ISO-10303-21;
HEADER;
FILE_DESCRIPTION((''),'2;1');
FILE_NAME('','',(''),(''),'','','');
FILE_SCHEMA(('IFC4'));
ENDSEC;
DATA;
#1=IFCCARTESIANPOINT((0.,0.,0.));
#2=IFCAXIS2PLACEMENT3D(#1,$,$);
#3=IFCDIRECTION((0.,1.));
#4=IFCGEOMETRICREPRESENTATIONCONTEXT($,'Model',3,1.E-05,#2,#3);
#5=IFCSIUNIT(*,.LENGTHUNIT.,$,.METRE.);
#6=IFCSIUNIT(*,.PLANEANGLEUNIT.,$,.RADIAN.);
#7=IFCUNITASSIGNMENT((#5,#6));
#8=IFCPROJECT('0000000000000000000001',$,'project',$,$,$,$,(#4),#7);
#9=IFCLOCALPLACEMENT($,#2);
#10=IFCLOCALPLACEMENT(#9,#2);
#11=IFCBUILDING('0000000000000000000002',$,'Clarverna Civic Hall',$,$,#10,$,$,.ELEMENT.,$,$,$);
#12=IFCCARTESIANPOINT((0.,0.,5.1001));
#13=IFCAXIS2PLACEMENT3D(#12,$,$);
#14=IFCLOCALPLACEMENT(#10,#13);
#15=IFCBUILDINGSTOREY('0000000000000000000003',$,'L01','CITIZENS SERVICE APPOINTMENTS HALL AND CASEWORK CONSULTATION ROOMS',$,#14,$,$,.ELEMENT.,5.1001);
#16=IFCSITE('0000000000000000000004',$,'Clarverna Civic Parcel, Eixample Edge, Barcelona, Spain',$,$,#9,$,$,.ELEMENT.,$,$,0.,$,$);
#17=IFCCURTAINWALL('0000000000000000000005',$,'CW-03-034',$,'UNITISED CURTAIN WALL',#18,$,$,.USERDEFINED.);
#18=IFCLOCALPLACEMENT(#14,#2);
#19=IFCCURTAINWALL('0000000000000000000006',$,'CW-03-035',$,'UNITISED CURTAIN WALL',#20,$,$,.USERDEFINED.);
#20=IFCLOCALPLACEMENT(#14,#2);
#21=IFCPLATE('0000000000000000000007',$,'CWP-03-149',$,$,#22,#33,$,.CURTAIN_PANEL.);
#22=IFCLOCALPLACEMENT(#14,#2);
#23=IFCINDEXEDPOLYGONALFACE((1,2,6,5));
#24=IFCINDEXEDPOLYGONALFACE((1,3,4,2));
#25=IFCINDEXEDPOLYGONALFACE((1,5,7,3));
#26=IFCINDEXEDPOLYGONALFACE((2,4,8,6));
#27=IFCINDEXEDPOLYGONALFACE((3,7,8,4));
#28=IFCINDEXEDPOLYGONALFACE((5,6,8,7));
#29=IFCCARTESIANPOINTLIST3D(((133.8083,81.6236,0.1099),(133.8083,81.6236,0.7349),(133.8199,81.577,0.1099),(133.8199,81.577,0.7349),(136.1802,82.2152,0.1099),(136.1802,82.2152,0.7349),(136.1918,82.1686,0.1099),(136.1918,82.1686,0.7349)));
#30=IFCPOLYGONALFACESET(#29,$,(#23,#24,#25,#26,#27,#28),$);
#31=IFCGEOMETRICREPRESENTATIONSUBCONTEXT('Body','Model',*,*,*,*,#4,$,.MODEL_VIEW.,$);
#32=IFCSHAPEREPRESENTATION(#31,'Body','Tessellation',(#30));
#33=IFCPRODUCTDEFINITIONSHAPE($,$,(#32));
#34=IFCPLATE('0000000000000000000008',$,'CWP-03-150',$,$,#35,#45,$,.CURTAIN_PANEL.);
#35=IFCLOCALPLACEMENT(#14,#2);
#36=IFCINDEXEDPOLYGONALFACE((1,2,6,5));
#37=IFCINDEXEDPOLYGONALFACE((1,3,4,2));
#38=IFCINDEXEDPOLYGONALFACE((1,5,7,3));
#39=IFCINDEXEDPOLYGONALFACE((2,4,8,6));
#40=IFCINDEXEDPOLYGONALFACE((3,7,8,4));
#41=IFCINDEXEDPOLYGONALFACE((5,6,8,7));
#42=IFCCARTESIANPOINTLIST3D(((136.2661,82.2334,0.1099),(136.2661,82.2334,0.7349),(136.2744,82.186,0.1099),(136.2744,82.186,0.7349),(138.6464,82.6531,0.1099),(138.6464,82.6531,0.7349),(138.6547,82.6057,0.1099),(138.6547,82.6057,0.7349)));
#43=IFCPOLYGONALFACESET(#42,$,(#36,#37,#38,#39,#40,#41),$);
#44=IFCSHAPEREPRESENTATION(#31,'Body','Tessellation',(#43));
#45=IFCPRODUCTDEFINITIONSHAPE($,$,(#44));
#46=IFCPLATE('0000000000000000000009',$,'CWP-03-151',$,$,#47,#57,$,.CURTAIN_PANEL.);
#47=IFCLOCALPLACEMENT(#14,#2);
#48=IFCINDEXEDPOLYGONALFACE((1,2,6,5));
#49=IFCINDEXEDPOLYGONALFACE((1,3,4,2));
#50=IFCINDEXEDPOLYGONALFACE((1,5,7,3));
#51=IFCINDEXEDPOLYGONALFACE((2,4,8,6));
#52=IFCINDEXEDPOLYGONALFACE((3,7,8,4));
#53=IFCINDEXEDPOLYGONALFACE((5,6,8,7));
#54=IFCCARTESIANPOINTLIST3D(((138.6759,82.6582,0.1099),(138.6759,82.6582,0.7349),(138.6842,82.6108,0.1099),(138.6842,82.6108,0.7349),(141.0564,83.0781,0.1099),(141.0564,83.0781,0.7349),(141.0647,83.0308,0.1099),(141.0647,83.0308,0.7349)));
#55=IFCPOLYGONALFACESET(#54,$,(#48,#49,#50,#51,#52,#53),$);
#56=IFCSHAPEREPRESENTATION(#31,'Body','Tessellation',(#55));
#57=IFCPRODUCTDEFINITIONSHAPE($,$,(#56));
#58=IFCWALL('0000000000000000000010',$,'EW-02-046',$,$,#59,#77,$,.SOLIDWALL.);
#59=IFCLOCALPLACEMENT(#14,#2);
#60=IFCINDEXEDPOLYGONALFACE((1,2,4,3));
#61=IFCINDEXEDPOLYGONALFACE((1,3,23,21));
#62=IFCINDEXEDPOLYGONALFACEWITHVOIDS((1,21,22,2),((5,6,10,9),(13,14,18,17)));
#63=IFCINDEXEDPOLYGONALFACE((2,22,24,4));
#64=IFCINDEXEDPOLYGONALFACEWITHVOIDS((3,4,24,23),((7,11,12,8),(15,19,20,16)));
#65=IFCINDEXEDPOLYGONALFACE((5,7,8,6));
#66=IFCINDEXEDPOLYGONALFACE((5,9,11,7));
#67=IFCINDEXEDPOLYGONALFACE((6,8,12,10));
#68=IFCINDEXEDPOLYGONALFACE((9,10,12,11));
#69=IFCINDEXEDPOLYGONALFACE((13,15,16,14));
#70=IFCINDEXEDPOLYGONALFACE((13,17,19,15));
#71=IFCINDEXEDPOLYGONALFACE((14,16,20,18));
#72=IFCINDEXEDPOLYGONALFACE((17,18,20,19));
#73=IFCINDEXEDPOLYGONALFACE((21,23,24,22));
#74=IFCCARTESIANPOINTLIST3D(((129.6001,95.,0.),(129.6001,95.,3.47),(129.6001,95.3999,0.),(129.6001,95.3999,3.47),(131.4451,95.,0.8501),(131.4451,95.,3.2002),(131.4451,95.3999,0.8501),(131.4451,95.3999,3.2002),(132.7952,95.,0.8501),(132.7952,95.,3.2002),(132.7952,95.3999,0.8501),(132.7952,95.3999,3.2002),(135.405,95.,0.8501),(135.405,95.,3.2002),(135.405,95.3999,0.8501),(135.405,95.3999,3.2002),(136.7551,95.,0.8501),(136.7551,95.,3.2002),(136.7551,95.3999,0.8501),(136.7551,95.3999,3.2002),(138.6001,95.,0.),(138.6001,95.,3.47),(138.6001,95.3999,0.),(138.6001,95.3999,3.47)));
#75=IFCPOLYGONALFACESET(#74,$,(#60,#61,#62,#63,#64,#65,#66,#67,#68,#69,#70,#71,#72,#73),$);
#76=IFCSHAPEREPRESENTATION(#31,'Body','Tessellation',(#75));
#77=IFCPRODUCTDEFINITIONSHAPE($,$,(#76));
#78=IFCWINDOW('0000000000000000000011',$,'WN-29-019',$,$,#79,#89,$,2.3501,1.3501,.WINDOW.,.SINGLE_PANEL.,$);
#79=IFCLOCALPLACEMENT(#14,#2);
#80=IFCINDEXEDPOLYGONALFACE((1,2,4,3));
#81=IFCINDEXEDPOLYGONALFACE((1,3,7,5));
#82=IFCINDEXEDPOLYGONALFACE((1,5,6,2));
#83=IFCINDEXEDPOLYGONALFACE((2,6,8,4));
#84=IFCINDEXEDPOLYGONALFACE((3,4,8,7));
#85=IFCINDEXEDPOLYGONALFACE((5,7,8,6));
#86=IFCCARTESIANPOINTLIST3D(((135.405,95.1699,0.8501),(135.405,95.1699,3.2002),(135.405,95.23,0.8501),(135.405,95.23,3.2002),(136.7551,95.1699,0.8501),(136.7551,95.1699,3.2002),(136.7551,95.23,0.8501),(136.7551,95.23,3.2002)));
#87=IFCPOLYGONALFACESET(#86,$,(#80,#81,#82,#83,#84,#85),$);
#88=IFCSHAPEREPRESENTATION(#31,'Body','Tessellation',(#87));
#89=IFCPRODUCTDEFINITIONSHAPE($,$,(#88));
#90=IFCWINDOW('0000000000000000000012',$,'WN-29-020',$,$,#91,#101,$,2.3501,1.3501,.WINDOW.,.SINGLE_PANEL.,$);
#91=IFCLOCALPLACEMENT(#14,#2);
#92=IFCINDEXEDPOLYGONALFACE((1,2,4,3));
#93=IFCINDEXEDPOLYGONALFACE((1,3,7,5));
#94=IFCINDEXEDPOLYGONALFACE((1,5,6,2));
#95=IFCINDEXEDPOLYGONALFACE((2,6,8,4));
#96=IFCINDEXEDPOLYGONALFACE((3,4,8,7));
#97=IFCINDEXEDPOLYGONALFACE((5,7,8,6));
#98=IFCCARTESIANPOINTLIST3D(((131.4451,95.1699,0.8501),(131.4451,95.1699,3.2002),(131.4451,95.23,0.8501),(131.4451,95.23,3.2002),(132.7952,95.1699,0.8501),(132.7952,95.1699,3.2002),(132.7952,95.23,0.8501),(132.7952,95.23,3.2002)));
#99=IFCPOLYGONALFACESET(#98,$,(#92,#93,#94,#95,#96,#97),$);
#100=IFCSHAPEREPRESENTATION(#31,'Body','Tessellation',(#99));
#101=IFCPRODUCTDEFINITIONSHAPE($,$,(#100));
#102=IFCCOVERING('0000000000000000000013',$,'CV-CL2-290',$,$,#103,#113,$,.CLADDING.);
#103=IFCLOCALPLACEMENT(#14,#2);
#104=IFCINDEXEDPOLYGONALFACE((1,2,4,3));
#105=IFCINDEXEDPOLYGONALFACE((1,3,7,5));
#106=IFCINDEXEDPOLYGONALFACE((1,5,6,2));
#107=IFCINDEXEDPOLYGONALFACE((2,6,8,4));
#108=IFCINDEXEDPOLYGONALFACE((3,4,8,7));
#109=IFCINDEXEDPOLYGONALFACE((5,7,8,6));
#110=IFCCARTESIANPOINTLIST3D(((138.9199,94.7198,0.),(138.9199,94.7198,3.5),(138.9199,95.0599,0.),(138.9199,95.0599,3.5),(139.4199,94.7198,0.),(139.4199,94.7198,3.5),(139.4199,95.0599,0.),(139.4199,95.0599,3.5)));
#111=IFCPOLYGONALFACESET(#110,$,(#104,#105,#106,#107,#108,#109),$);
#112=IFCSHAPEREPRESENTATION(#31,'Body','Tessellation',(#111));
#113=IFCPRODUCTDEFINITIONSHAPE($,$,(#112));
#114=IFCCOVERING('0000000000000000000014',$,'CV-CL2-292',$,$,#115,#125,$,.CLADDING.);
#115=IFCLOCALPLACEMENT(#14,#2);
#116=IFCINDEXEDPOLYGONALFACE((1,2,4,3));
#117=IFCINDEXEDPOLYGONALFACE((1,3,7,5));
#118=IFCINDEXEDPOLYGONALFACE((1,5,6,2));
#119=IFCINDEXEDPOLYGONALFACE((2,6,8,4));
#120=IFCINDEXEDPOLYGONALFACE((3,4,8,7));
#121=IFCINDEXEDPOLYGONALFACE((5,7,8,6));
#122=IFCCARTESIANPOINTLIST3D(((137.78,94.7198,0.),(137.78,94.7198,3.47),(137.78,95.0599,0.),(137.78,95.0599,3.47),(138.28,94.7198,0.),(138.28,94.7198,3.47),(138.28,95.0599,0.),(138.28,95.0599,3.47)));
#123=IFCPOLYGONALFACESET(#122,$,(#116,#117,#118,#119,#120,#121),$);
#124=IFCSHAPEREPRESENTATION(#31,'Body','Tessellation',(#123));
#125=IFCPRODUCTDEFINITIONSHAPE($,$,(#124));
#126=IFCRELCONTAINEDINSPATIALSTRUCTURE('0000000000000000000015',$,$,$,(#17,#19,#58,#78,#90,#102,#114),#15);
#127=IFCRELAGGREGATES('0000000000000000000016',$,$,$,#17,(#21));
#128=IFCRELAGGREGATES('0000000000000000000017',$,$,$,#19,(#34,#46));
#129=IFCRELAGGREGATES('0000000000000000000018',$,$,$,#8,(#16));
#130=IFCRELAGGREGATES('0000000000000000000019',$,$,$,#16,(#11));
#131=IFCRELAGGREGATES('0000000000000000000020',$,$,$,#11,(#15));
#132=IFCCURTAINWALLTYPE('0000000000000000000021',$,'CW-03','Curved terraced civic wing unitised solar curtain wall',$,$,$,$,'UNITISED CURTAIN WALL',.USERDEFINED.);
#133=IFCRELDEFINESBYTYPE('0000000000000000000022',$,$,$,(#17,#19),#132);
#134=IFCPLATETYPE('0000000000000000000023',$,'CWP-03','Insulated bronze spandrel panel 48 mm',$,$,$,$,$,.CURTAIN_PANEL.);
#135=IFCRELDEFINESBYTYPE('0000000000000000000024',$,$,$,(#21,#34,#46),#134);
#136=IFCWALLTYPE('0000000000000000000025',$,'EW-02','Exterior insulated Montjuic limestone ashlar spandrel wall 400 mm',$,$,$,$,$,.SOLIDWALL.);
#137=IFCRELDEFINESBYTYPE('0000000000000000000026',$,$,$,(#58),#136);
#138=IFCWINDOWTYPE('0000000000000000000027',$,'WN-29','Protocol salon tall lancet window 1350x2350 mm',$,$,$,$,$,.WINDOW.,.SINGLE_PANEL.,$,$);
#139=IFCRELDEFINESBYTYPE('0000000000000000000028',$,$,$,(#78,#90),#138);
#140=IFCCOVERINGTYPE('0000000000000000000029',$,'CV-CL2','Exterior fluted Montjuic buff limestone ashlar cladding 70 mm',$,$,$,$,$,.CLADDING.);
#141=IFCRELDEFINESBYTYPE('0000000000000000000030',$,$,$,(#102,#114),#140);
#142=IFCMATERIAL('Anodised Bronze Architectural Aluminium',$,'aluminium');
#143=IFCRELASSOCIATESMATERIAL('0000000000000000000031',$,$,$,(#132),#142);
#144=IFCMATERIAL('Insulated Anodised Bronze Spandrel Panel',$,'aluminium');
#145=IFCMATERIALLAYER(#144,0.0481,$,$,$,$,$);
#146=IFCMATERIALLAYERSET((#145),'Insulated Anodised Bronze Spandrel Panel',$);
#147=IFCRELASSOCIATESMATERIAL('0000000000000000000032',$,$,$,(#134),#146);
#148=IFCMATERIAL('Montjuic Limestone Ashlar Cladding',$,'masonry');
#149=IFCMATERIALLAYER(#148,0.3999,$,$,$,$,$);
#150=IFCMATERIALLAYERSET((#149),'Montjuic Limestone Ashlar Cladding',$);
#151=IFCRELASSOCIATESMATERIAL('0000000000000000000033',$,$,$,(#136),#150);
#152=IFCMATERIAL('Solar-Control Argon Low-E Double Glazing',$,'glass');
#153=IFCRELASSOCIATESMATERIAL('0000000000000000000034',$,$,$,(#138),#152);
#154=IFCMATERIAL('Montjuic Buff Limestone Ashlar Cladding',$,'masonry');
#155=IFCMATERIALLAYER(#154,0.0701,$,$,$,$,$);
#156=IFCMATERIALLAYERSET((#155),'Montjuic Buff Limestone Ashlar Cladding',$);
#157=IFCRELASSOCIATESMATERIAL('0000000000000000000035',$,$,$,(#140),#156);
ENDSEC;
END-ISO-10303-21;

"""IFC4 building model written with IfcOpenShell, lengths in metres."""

from ifc_helpers import new_model, si_unit, direction, frame, frame_2d, origin, place, context, subcontext, project, spatial, rectangle, extrude, material, layer, layer_set, type_object, element, fill, aggregate, save


model = new_model("IFC4")

# Units and contexts
model_context = context("Model", 3, precision=1e-05, world=origin(), true_north=direction((0.0, 1.0)))
body_context = subcontext(model_context, "Body", "Model", "MODEL_VIEW")
ifc_project = project(units=[si_unit("LENGTHUNIT", "METRE"), si_unit("PLANEANGLEUNIT", "RADIAN")], contexts=[model_context])

# Site, building, storey
site_placement = place(None, origin())
site = spatial("IfcSite", under=ifc_project, at=site_placement, Name="Clarverna Civic Parcel, Eixample Edge, Barcelona, Spain", CompositionType="ELEMENT", RefElevation=0.0)
building_placement = place(site_placement, origin())
building = spatial("IfcBuilding", under=site, at=building_placement, Name="Clarverna Civic Hall", CompositionType="ELEMENT")
storey_placement = place(building_placement, frame((0.0, 0.0, 5.1001)))
storey = spatial("IfcBuildingStorey", under=building, at=storey_placement, Name="L01", Description="CITIZENS SERVICE APPOINTMENTS HALL AND CASEWORK CONSULTATION ROOMS", CompositionType="ELEMENT", Elevation=5.1001)

# Curtain walls
ifc_material_1 = material(Name="Anodised Bronze Architectural Aluminium", Category="aluminium")
curtain_wall_type = type_object("IfcCurtainWallType", Name="CW-03", Description="Curved terraced civic wing unitised solar curtain wall", ElementType="UNITISED CURTAIN WALL", PredefinedType="USERDEFINED", material=ifc_material_1)
curtain_wall_1_placement = place(storey_placement, origin())
curtain_wall_1 = element("IfcCurtainWall", 1, at=curtain_wall_1_placement, inside=storey, type_object=curtain_wall_type, Name="CW-03-034", ObjectType="UNITISED CURTAIN WALL", PredefinedType="USERDEFINED")
curtain_wall_2_placement = place(storey_placement, origin())
curtain_wall_2 = element("IfcCurtainWall", 2, at=curtain_wall_2_placement, inside=storey, type_object=curtain_wall_type, Name="CW-03-035", ObjectType="UNITISED CURTAIN WALL", PredefinedType="USERDEFINED")

# Plates
ifc_material_2 = material(Name="Solar-Control Argon Low-E Double Glazing", Category="glass")
ifc_material_3 = material(Name="Insulated Anodised Bronze Spandrel Panel", Category="aluminium")
ifc_layer_1 = layer(ifc_material_3, 0.0481)
ifc_layer_set_1 = layer_set([ifc_layer_1], Name="Insulated Anodised Bronze Spandrel Panel")
plate_type_1 = type_object("IfcPlateType", Name="CWP-03", Description="Insulated bronze spandrel panel 48 mm", PredefinedType="CURTAIN_PANEL", material=ifc_layer_set_1)
plate_1_placement = place(storey_placement, frame((133.8142, 81.6003, 0.1099), z_axis=(0.0, 0.0, 1.0), x_axis=(0.970277, 0.241995, 0.0)))
plate_1 = element("IfcPlate", 3, at=plate_1_placement, type_object=plate_type_1, Name="CWP-03-149", PredefinedType="CURTAIN_PANEL", context=body_context, shape_type="SweptSolid", body=[
    extrude(rectangle(XDim=2.4446, YDim=0.0481, at=frame_2d((1.2222, 0.0))), origin(), (0.0, 0.0, 1.0), 0.625),
])
aggregate(curtain_wall_1, [plate_1])
plate_2_placement = place(storey_placement, frame((136.2703, 82.2097, 0.1099), z_axis=(0.0, 0.0, 1.0), x_axis=(0.984811, 0.17363, 0.0)))
plate_2 = element("IfcPlate", 4, at=plate_2_placement, type_object=plate_type_1, Name="CWP-03-150", PredefinedType="CURTAIN_PANEL", context=body_context, shape_type="SweptSolid", body=[
    extrude(rectangle(XDim=2.417, YDim=0.0481, at=frame_2d((1.2085, 0.0))), origin(), (0.0, 0.0, 1.0), 0.625),
])
plate_3_placement = place(storey_placement, frame((138.6802, 82.6345, 0.1099), z_axis=(0.0, 0.0, 1.0), x_axis=(0.984794, 0.173728, 0.0)))
plate_3 = element("IfcPlate", 5, at=plate_3_placement, type_object=plate_type_1, Name="CWP-03-151", PredefinedType="CURTAIN_PANEL", context=body_context, shape_type="SweptSolid", body=[
    extrude(rectangle(XDim=2.4172, YDim=0.0481, at=frame_2d((1.2085, 0.0))), origin(), (0.0, 0.0, 1.0), 0.625),
])
aggregate(curtain_wall_2, [plate_2, plate_3])

# Wall, openings, windows
ifc_material_4 = material(Name="Montjuic Limestone Ashlar Cladding", Category="masonry")
ifc_layer_2 = layer(ifc_material_4, 0.3999)
ifc_layer_set_2 = layer_set([ifc_layer_2], Name="Montjuic Limestone Ashlar Cladding")
wall_type = type_object("IfcWallType", Name="EW-02", Description="Exterior insulated Montjuic limestone ashlar spandrel wall 400 mm", PredefinedType="SOLIDWALL", material=ifc_layer_set_2)
wall_placement = place(storey_placement, frame((138.6001, 95.2, 0.0), z_axis=(0.0, 0.0, 1.0), x_axis=(-1.0, 0.0, 0.0)))
wall = element("IfcWall", 6, at=wall_placement, inside=storey, type_object=wall_type, Name="EW-02-046", PredefinedType="SOLIDWALL", context=body_context, shape_type="SweptSolid", body=[
    extrude(rectangle(XDim=9.0, YDim=0.3999, at=frame_2d((4.5, 0.0))), origin(), (0.0, 0.0, 1.0), 3.47),
])
opening_1_placement = place(wall_placement, frame((1.845, 0.0, 0.8501)))
opening_1 = element("IfcOpeningElement", 7, at=opening_1_placement, cuts=wall, PredefinedType="OPENING", context=body_context, shape_type="SweptSolid", body=[
    extrude(rectangle(XDim=1.3501, YDim=2.3501, at=frame_2d((0.675, 1.175))), frame((0.0, 0.21, 0.0), z_axis=(0.0, -1.0, 0.0), x_axis=(1.0, 0.0, 0.0)), (0.0, 0.0, 1.0), 0.4199),
])
opening_2_placement = place(wall_placement, frame((5.8049, 0.0, 0.8501)))
opening_2 = element("IfcOpeningElement", 8, at=opening_2_placement, cuts=wall, PredefinedType="OPENING", context=body_context, shape_type="SweptSolid", body=[
    extrude(rectangle(XDim=1.3501, YDim=2.3501, at=frame_2d((0.675, 1.175))), frame((0.0, 0.21, 0.0), z_axis=(0.0, -1.0, 0.0), x_axis=(1.0, 0.0, 0.0)), (0.0, 0.0, 1.0), 0.4199),
])
window_type = type_object("IfcWindowType", Name="WN-29", Description="Protocol salon tall lancet window 1350x2350 mm", PartitioningType="SINGLE_PANEL", PredefinedType="WINDOW", material=ifc_material_2)
window_1_placement = place(opening_1_placement, origin())
window_1 = element("IfcWindow", 9, at=window_1_placement, inside=storey, type_object=window_type, Name="WN-29-019", OverallHeight=2.3501, OverallWidth=1.3501, PartitioningType="SINGLE_PANEL", PredefinedType="WINDOW", context=body_context, shape_type="SweptSolid", body=[
    extrude(rectangle(XDim=1.3501, YDim=2.3501, at=frame_2d((0.675, 1.175))), frame((0.0, 0.03, 0.0), z_axis=(0.0, -1.0, 0.0), x_axis=(1.0, 0.0, 0.0)), (0.0, 0.0, 1.0), 0.0601),
])
fill(opening_1, window_1)
window_2_placement = place(opening_2_placement, origin())
window_2 = element("IfcWindow", 10, at=window_2_placement, inside=storey, type_object=window_type, Name="WN-29-020", OverallHeight=2.3501, OverallWidth=1.3501, PartitioningType="SINGLE_PANEL", PredefinedType="WINDOW", context=body_context, shape_type="SweptSolid", body=[
    extrude(rectangle(XDim=1.3501, YDim=2.3501, at=frame_2d((0.675, 1.175))), frame((0.0, 0.03, 0.0), z_axis=(0.0, -1.0, 0.0), x_axis=(1.0, 0.0, 0.0)), (0.0, 0.0, 1.0), 0.0601),
])
fill(opening_2, window_2)

# Coverings
ifc_material_5 = material(Name="Montjuic Buff Limestone Ashlar Cladding", Category="masonry")
ifc_layer_3 = layer(ifc_material_5, 0.0701)
ifc_layer_set_3 = layer_set([ifc_layer_3], Name="Montjuic Buff Limestone Ashlar Cladding")
covering_type = type_object("IfcCoveringType", Name="CV-CL2", Description="Exterior fluted Montjuic buff limestone ashlar cladding 70 mm", PredefinedType="CLADDING", material=ifc_layer_set_3)
covering_1_placement = place(storey_placement, frame((139.4199, 94.8899, 0.0), z_axis=(0.0, 0.0, 1.0), x_axis=(-1.0, 0.0, 0.0)))
element("IfcCovering", 11, at=covering_1_placement, inside=storey, type_object=covering_type, Name="CV-CL2-290", PredefinedType="CLADDING", context=body_context, shape_type="SweptSolid", body=[
    extrude(rectangle(XDim=0.5, YDim=0.3401, at=frame_2d((0.25, 0.0))), origin(), (0.0, 0.0, 1.0), 3.5),
])
covering_2_placement = place(storey_placement, frame((138.28, 94.8899, 0.0), z_axis=(0.0, 0.0, 1.0), x_axis=(-1.0, 0.0, 0.0)))
element("IfcCovering", 12, at=covering_2_placement, inside=storey, type_object=covering_type, Name="CV-CL2-292", PredefinedType="CLADDING", context=body_context, shape_type="SweptSolid", body=[
    extrude(rectangle(XDim=0.5, YDim=0.3401, at=frame_2d((0.25, 0.0))), origin(), (0.0, 0.0, 1.0), 3.47),
])

save(model, "model.ifc")
